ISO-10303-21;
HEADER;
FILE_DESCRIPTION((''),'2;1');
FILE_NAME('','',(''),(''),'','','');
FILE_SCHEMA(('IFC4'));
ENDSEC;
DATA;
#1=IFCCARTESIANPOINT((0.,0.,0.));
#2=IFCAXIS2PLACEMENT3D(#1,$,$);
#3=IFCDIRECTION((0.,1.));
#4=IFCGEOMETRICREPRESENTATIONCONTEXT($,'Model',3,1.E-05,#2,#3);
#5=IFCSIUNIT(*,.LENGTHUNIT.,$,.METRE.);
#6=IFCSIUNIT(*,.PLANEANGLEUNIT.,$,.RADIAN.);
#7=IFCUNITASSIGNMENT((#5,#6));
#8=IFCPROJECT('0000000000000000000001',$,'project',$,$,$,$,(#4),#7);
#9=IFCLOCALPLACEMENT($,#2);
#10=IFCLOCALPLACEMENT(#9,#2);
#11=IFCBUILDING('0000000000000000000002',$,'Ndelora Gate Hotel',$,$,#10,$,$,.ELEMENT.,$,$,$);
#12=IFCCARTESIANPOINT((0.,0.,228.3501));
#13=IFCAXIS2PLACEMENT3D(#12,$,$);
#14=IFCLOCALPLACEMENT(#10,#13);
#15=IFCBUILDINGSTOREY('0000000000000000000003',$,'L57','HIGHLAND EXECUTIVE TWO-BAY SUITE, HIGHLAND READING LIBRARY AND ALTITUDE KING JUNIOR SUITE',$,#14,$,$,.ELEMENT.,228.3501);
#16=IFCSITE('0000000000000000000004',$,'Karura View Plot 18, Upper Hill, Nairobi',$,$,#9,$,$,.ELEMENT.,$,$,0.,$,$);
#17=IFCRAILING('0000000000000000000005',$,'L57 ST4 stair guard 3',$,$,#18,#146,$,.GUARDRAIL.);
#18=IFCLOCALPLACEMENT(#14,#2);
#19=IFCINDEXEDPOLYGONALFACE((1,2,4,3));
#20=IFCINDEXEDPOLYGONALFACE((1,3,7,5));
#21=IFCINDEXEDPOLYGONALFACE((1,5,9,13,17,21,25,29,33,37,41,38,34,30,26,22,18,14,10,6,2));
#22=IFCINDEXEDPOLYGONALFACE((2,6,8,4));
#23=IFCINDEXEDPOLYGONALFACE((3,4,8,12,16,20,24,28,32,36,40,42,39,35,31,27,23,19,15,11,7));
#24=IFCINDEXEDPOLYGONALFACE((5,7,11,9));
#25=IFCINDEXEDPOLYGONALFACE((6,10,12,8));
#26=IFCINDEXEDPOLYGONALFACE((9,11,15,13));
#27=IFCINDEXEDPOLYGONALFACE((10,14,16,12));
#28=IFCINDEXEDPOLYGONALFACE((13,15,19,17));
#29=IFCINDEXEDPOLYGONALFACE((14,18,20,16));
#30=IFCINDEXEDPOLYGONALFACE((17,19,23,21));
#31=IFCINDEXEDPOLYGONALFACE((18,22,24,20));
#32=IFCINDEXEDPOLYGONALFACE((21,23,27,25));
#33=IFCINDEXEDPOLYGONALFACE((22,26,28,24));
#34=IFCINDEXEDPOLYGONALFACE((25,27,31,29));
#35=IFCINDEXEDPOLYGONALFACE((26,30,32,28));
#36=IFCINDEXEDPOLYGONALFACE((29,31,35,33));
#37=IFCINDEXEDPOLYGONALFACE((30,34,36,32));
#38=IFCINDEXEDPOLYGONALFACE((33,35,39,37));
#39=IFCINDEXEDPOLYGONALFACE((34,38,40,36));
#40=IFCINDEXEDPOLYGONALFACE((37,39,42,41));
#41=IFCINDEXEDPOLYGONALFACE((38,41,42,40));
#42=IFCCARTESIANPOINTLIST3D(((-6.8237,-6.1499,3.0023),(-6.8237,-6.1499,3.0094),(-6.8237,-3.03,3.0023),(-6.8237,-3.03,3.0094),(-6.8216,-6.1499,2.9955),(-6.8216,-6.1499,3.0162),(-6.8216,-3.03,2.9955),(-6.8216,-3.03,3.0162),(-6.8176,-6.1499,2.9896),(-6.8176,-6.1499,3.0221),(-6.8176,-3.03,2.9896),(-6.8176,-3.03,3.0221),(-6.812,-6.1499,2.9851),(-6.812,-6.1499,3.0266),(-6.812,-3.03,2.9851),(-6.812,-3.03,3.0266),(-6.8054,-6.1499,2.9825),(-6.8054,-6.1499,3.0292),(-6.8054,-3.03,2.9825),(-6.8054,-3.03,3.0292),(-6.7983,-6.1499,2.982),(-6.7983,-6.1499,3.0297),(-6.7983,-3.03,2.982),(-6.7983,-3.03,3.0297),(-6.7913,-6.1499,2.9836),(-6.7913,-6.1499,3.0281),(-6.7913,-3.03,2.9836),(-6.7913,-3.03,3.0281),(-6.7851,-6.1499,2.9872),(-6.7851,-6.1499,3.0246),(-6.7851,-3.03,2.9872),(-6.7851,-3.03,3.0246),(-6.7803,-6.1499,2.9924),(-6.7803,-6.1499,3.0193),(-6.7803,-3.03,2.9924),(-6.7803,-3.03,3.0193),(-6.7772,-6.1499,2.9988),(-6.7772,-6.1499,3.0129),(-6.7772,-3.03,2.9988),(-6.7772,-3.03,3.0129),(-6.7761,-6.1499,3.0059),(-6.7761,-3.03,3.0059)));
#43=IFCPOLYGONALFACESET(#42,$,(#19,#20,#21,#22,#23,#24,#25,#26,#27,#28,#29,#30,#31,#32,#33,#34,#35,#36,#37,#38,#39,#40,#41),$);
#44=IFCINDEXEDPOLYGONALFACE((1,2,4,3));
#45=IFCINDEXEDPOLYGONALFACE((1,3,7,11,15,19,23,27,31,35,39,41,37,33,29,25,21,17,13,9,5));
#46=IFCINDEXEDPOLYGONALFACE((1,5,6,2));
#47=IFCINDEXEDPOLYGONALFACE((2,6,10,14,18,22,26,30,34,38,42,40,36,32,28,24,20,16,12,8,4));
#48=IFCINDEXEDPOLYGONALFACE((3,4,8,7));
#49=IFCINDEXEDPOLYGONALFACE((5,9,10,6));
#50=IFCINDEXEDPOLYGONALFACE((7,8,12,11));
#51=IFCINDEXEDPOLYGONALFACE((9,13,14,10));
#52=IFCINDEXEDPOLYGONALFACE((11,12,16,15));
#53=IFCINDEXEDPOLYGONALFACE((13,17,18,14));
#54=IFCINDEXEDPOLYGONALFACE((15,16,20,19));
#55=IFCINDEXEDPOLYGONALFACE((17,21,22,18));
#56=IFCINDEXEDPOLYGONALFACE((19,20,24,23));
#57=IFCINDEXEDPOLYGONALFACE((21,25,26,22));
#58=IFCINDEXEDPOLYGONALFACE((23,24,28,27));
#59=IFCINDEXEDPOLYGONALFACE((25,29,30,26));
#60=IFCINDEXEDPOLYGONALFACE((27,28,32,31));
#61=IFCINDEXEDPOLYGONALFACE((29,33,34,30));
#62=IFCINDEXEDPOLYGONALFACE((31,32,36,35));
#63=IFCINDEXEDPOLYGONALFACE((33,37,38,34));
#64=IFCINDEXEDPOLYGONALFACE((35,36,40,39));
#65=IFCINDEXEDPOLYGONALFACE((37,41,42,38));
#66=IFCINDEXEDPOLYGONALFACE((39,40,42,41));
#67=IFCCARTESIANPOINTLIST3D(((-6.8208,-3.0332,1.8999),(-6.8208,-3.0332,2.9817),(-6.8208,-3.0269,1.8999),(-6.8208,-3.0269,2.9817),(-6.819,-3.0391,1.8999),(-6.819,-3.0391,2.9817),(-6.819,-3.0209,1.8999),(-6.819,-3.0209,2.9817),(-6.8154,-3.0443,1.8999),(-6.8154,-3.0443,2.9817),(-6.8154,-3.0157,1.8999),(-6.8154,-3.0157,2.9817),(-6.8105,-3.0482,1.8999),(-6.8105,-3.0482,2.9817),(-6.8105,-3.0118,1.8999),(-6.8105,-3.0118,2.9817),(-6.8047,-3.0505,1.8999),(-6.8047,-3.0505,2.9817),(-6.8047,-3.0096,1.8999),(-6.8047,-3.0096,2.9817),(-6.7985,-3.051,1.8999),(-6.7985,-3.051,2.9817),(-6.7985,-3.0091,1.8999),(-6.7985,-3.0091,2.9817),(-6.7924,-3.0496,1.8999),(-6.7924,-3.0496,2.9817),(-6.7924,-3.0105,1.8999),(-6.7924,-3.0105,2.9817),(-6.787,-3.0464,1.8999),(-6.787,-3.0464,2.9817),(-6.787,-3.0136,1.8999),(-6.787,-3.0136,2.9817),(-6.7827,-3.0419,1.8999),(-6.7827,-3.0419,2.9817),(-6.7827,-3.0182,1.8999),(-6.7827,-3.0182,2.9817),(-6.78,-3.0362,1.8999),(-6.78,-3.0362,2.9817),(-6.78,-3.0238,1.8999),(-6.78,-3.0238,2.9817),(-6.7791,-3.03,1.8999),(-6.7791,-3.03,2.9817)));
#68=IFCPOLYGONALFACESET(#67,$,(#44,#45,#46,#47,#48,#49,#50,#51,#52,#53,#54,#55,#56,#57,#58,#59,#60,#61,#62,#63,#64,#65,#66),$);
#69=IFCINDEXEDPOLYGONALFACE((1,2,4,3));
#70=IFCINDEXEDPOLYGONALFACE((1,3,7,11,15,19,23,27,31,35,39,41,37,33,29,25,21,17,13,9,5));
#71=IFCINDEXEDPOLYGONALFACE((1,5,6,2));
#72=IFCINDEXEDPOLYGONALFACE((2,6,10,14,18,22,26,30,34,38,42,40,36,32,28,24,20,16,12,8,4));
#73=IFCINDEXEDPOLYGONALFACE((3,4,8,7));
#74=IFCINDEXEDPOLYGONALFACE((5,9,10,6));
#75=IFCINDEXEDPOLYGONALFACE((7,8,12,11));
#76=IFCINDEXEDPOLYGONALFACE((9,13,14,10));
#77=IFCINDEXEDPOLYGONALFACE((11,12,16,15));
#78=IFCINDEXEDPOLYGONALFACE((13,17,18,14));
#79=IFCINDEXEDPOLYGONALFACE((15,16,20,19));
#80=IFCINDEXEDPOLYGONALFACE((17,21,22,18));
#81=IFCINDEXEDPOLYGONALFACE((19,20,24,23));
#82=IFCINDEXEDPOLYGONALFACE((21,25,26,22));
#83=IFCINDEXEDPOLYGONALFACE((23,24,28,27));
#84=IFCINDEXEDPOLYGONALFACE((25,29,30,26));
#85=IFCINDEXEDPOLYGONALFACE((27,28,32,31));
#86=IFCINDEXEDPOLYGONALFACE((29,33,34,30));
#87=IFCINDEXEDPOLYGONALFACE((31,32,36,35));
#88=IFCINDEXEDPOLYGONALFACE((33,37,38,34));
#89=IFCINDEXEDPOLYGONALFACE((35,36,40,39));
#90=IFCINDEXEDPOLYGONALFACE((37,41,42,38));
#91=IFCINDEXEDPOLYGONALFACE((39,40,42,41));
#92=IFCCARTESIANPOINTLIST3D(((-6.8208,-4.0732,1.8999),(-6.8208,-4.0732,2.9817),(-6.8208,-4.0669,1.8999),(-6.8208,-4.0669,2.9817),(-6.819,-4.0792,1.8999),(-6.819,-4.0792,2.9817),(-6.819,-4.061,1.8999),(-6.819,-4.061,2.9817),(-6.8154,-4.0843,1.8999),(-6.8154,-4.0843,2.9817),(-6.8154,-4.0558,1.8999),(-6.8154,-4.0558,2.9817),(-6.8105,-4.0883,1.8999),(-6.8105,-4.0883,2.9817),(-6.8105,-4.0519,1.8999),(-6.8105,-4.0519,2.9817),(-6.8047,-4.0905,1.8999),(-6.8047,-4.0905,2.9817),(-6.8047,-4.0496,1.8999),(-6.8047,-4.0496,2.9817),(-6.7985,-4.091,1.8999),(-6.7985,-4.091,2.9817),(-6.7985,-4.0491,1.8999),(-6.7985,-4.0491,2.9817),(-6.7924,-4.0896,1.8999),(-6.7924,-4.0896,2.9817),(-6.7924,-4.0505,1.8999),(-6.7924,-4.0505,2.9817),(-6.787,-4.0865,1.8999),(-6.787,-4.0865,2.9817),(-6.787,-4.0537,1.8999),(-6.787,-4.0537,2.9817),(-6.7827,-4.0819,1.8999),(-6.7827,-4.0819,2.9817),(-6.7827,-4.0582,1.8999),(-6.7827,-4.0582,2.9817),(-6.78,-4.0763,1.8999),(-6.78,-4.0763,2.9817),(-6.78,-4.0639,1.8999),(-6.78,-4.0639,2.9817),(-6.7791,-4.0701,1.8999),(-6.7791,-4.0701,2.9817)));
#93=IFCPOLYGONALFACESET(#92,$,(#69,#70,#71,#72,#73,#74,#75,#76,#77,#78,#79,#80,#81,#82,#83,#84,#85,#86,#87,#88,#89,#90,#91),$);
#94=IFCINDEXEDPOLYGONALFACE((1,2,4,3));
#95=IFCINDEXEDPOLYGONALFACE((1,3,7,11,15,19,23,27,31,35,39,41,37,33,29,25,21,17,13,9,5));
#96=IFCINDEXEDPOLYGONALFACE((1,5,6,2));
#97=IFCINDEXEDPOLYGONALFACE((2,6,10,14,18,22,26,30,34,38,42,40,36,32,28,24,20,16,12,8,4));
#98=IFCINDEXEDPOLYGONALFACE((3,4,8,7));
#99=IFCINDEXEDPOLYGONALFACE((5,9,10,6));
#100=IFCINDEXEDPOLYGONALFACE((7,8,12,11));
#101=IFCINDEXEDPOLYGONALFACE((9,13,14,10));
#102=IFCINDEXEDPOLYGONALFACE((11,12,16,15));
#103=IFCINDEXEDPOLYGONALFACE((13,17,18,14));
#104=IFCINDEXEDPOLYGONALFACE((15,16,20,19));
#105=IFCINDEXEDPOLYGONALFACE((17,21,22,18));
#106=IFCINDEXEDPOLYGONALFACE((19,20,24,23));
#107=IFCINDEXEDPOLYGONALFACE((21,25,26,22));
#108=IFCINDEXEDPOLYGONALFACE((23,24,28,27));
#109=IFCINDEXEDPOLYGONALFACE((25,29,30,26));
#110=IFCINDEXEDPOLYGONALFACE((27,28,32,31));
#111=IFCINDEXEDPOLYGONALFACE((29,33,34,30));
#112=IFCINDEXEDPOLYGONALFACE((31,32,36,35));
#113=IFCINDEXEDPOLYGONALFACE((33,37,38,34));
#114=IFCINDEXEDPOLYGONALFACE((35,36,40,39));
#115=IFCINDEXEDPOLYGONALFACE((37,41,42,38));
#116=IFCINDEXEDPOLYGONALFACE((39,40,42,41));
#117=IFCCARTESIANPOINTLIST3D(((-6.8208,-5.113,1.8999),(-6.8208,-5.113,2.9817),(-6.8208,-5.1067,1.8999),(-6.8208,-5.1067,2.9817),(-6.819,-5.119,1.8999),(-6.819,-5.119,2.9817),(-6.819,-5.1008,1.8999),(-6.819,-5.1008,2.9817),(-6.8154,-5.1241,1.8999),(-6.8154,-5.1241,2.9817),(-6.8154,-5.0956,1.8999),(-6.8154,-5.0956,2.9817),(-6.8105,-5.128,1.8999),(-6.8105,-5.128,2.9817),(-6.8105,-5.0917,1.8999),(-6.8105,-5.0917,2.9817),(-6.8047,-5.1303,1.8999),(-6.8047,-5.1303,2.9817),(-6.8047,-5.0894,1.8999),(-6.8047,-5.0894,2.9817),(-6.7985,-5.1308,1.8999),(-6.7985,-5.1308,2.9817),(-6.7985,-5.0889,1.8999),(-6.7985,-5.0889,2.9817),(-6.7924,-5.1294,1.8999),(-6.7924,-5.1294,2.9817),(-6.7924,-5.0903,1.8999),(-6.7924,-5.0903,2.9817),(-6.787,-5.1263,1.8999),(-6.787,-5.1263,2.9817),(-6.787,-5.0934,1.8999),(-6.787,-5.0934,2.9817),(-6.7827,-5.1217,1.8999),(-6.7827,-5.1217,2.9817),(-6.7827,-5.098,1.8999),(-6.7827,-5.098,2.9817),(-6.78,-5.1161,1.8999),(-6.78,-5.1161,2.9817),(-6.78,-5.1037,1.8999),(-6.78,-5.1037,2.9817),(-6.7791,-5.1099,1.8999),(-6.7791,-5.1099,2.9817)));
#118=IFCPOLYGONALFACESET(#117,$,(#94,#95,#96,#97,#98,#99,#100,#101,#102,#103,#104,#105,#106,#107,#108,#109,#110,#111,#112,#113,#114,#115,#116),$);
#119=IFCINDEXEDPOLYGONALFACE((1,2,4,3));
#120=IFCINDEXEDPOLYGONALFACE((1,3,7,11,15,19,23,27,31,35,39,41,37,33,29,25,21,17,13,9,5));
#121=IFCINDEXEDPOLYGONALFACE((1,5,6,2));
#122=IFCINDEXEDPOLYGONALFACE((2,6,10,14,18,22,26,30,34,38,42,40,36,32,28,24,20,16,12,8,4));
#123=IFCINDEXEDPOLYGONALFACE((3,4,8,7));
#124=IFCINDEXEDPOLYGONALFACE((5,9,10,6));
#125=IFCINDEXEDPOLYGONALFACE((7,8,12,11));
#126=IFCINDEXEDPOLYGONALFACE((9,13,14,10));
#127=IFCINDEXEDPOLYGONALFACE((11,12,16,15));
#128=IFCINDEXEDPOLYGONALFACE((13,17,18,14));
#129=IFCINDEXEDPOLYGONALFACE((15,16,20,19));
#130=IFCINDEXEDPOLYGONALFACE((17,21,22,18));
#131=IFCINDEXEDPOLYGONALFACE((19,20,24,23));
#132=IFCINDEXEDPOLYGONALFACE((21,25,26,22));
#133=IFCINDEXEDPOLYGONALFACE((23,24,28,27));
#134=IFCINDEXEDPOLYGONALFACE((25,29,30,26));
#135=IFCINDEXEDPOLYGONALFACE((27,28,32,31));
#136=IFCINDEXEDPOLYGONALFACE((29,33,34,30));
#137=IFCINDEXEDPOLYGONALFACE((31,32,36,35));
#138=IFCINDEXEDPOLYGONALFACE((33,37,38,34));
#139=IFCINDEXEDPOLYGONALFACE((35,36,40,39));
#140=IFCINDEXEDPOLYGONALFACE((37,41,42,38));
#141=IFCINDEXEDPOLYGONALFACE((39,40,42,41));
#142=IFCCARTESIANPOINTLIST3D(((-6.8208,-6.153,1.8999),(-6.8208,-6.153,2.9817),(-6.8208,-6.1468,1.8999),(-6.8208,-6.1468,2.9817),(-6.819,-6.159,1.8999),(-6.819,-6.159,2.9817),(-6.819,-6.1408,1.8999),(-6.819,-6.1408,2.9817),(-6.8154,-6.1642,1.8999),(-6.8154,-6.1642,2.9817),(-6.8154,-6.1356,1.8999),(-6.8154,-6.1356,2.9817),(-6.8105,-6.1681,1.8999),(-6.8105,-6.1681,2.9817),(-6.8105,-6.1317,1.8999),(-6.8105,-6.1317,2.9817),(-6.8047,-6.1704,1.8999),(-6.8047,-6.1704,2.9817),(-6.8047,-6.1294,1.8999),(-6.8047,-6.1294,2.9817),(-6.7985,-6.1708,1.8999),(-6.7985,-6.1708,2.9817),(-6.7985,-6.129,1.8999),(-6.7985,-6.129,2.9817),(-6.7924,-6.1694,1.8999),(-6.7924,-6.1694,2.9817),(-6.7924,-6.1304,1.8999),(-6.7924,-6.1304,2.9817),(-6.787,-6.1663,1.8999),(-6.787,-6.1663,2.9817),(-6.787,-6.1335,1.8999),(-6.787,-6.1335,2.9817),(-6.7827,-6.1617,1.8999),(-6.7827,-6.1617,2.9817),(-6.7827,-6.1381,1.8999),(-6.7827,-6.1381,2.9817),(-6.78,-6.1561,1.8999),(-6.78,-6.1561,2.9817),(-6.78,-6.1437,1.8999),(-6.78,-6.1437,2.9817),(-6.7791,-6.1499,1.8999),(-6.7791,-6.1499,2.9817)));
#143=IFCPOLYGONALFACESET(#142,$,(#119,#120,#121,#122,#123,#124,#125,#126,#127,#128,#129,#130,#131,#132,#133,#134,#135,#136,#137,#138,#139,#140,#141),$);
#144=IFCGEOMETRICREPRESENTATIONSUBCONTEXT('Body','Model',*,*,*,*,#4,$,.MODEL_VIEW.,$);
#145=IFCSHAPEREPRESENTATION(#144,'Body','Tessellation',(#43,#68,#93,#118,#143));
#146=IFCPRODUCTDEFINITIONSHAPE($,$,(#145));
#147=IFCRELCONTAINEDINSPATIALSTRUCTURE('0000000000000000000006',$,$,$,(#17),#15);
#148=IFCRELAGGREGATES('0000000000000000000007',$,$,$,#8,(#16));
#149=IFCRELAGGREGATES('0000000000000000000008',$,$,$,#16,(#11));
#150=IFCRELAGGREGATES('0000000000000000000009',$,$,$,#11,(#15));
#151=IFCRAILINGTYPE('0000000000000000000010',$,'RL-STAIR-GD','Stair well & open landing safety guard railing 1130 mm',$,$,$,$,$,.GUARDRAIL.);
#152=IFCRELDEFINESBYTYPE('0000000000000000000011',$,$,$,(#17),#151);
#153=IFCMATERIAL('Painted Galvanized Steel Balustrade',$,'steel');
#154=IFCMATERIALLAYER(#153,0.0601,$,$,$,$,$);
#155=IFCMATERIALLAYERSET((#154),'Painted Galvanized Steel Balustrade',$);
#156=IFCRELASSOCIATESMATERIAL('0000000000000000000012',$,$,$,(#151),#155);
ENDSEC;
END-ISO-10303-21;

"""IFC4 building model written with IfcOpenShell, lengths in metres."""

from ifc_helpers import new_model, si_unit, direction, frame, origin, origin_2d, place, context, subcontext, project, spatial, circle, extrude, material, layer, layer_set, type_object, element, save


model = new_model("IFC4")

# Units and contexts
model_context = context("Model", 3, precision=1e-05, world=origin(), true_north=direction((0.0, 1.0)))
body_context = subcontext(model_context, "Body", "Model", "MODEL_VIEW")
ifc_project = project(units=[si_unit("LENGTHUNIT", "METRE"), si_unit("PLANEANGLEUNIT", "RADIAN")], contexts=[model_context])

# Site, building, storey
site_placement = place(None, origin())
site = spatial("IfcSite", under=ifc_project, at=site_placement, Name="Karura View Plot 18, Upper Hill, Nairobi", CompositionType="ELEMENT", RefElevation=0.0)
building_placement = place(site_placement, origin())
building = spatial("IfcBuilding", under=site, at=building_placement, Name="Ndelora Gate Hotel", CompositionType="ELEMENT")
storey_placement = place(building_placement, frame((0.0, 0.0, 228.3501)))
storey = spatial("IfcBuildingStorey", under=building, at=storey_placement, Name="L57", Description="HIGHLAND EXECUTIVE TWO-BAY SUITE, HIGHLAND READING LIBRARY AND ALTITUDE KING JUNIOR SUITE", CompositionType="ELEMENT", Elevation=228.3501)

# Railing
ifc_material_1 = material(Name="Painted Galvanized Steel Balustrade", Category="steel")
ifc_layer_1 = layer(ifc_material_1, 0.0601)
ifc_layer_set_1 = layer_set([ifc_layer_1], Name="Painted Galvanized Steel Balustrade")
railing_type = type_object("IfcRailingType", Name="RL-STAIR-GD", Description="Stair well & open landing safety guard railing 1130 mm", PredefinedType="GUARDRAIL", material=ifc_layer_set_1)
for number, where, name in (
    (1, (-6.8, -3.03, 1.8999), "L57 ST4 stair guard 3"),
):
    element("IfcRailing", number, at=place(storey_placement, frame(where)), inside=storey, type_object=railing_type, Name=name, PredefinedType="GUARDRAIL", context=body_context, shape_type="SweptSolid", body=[
        extrude(circle(Radius=0.0239, at=origin_2d()), frame((0.0, 0.0, 1.106), z_axis=(0.0, -1.0, 0.0), x_axis=(1.0, 0.0, 0.0)), (0.0, 0.0, 1.0), 3.1199),
        extrude(circle(Radius=0.021, at=origin_2d()), origin(), (0.0, 0.0, 1.0), 1.0818),
        extrude(circle(Radius=0.021, at=origin_2d()), frame((0.0, -1.04, 0.0)), (0.0, 0.0, 1.0), 1.0818),
        extrude(circle(Radius=0.021, at=origin_2d()), frame((0.0, -2.0798, 0.0)), (0.0, 0.0, 1.0), 1.0818),
        extrude(circle(Radius=0.021, at=origin_2d()), frame((0.0, -3.1199, 0.0)), (0.0, 0.0, 1.0), 1.0818),
    ])

save(model, "model.ifc")
